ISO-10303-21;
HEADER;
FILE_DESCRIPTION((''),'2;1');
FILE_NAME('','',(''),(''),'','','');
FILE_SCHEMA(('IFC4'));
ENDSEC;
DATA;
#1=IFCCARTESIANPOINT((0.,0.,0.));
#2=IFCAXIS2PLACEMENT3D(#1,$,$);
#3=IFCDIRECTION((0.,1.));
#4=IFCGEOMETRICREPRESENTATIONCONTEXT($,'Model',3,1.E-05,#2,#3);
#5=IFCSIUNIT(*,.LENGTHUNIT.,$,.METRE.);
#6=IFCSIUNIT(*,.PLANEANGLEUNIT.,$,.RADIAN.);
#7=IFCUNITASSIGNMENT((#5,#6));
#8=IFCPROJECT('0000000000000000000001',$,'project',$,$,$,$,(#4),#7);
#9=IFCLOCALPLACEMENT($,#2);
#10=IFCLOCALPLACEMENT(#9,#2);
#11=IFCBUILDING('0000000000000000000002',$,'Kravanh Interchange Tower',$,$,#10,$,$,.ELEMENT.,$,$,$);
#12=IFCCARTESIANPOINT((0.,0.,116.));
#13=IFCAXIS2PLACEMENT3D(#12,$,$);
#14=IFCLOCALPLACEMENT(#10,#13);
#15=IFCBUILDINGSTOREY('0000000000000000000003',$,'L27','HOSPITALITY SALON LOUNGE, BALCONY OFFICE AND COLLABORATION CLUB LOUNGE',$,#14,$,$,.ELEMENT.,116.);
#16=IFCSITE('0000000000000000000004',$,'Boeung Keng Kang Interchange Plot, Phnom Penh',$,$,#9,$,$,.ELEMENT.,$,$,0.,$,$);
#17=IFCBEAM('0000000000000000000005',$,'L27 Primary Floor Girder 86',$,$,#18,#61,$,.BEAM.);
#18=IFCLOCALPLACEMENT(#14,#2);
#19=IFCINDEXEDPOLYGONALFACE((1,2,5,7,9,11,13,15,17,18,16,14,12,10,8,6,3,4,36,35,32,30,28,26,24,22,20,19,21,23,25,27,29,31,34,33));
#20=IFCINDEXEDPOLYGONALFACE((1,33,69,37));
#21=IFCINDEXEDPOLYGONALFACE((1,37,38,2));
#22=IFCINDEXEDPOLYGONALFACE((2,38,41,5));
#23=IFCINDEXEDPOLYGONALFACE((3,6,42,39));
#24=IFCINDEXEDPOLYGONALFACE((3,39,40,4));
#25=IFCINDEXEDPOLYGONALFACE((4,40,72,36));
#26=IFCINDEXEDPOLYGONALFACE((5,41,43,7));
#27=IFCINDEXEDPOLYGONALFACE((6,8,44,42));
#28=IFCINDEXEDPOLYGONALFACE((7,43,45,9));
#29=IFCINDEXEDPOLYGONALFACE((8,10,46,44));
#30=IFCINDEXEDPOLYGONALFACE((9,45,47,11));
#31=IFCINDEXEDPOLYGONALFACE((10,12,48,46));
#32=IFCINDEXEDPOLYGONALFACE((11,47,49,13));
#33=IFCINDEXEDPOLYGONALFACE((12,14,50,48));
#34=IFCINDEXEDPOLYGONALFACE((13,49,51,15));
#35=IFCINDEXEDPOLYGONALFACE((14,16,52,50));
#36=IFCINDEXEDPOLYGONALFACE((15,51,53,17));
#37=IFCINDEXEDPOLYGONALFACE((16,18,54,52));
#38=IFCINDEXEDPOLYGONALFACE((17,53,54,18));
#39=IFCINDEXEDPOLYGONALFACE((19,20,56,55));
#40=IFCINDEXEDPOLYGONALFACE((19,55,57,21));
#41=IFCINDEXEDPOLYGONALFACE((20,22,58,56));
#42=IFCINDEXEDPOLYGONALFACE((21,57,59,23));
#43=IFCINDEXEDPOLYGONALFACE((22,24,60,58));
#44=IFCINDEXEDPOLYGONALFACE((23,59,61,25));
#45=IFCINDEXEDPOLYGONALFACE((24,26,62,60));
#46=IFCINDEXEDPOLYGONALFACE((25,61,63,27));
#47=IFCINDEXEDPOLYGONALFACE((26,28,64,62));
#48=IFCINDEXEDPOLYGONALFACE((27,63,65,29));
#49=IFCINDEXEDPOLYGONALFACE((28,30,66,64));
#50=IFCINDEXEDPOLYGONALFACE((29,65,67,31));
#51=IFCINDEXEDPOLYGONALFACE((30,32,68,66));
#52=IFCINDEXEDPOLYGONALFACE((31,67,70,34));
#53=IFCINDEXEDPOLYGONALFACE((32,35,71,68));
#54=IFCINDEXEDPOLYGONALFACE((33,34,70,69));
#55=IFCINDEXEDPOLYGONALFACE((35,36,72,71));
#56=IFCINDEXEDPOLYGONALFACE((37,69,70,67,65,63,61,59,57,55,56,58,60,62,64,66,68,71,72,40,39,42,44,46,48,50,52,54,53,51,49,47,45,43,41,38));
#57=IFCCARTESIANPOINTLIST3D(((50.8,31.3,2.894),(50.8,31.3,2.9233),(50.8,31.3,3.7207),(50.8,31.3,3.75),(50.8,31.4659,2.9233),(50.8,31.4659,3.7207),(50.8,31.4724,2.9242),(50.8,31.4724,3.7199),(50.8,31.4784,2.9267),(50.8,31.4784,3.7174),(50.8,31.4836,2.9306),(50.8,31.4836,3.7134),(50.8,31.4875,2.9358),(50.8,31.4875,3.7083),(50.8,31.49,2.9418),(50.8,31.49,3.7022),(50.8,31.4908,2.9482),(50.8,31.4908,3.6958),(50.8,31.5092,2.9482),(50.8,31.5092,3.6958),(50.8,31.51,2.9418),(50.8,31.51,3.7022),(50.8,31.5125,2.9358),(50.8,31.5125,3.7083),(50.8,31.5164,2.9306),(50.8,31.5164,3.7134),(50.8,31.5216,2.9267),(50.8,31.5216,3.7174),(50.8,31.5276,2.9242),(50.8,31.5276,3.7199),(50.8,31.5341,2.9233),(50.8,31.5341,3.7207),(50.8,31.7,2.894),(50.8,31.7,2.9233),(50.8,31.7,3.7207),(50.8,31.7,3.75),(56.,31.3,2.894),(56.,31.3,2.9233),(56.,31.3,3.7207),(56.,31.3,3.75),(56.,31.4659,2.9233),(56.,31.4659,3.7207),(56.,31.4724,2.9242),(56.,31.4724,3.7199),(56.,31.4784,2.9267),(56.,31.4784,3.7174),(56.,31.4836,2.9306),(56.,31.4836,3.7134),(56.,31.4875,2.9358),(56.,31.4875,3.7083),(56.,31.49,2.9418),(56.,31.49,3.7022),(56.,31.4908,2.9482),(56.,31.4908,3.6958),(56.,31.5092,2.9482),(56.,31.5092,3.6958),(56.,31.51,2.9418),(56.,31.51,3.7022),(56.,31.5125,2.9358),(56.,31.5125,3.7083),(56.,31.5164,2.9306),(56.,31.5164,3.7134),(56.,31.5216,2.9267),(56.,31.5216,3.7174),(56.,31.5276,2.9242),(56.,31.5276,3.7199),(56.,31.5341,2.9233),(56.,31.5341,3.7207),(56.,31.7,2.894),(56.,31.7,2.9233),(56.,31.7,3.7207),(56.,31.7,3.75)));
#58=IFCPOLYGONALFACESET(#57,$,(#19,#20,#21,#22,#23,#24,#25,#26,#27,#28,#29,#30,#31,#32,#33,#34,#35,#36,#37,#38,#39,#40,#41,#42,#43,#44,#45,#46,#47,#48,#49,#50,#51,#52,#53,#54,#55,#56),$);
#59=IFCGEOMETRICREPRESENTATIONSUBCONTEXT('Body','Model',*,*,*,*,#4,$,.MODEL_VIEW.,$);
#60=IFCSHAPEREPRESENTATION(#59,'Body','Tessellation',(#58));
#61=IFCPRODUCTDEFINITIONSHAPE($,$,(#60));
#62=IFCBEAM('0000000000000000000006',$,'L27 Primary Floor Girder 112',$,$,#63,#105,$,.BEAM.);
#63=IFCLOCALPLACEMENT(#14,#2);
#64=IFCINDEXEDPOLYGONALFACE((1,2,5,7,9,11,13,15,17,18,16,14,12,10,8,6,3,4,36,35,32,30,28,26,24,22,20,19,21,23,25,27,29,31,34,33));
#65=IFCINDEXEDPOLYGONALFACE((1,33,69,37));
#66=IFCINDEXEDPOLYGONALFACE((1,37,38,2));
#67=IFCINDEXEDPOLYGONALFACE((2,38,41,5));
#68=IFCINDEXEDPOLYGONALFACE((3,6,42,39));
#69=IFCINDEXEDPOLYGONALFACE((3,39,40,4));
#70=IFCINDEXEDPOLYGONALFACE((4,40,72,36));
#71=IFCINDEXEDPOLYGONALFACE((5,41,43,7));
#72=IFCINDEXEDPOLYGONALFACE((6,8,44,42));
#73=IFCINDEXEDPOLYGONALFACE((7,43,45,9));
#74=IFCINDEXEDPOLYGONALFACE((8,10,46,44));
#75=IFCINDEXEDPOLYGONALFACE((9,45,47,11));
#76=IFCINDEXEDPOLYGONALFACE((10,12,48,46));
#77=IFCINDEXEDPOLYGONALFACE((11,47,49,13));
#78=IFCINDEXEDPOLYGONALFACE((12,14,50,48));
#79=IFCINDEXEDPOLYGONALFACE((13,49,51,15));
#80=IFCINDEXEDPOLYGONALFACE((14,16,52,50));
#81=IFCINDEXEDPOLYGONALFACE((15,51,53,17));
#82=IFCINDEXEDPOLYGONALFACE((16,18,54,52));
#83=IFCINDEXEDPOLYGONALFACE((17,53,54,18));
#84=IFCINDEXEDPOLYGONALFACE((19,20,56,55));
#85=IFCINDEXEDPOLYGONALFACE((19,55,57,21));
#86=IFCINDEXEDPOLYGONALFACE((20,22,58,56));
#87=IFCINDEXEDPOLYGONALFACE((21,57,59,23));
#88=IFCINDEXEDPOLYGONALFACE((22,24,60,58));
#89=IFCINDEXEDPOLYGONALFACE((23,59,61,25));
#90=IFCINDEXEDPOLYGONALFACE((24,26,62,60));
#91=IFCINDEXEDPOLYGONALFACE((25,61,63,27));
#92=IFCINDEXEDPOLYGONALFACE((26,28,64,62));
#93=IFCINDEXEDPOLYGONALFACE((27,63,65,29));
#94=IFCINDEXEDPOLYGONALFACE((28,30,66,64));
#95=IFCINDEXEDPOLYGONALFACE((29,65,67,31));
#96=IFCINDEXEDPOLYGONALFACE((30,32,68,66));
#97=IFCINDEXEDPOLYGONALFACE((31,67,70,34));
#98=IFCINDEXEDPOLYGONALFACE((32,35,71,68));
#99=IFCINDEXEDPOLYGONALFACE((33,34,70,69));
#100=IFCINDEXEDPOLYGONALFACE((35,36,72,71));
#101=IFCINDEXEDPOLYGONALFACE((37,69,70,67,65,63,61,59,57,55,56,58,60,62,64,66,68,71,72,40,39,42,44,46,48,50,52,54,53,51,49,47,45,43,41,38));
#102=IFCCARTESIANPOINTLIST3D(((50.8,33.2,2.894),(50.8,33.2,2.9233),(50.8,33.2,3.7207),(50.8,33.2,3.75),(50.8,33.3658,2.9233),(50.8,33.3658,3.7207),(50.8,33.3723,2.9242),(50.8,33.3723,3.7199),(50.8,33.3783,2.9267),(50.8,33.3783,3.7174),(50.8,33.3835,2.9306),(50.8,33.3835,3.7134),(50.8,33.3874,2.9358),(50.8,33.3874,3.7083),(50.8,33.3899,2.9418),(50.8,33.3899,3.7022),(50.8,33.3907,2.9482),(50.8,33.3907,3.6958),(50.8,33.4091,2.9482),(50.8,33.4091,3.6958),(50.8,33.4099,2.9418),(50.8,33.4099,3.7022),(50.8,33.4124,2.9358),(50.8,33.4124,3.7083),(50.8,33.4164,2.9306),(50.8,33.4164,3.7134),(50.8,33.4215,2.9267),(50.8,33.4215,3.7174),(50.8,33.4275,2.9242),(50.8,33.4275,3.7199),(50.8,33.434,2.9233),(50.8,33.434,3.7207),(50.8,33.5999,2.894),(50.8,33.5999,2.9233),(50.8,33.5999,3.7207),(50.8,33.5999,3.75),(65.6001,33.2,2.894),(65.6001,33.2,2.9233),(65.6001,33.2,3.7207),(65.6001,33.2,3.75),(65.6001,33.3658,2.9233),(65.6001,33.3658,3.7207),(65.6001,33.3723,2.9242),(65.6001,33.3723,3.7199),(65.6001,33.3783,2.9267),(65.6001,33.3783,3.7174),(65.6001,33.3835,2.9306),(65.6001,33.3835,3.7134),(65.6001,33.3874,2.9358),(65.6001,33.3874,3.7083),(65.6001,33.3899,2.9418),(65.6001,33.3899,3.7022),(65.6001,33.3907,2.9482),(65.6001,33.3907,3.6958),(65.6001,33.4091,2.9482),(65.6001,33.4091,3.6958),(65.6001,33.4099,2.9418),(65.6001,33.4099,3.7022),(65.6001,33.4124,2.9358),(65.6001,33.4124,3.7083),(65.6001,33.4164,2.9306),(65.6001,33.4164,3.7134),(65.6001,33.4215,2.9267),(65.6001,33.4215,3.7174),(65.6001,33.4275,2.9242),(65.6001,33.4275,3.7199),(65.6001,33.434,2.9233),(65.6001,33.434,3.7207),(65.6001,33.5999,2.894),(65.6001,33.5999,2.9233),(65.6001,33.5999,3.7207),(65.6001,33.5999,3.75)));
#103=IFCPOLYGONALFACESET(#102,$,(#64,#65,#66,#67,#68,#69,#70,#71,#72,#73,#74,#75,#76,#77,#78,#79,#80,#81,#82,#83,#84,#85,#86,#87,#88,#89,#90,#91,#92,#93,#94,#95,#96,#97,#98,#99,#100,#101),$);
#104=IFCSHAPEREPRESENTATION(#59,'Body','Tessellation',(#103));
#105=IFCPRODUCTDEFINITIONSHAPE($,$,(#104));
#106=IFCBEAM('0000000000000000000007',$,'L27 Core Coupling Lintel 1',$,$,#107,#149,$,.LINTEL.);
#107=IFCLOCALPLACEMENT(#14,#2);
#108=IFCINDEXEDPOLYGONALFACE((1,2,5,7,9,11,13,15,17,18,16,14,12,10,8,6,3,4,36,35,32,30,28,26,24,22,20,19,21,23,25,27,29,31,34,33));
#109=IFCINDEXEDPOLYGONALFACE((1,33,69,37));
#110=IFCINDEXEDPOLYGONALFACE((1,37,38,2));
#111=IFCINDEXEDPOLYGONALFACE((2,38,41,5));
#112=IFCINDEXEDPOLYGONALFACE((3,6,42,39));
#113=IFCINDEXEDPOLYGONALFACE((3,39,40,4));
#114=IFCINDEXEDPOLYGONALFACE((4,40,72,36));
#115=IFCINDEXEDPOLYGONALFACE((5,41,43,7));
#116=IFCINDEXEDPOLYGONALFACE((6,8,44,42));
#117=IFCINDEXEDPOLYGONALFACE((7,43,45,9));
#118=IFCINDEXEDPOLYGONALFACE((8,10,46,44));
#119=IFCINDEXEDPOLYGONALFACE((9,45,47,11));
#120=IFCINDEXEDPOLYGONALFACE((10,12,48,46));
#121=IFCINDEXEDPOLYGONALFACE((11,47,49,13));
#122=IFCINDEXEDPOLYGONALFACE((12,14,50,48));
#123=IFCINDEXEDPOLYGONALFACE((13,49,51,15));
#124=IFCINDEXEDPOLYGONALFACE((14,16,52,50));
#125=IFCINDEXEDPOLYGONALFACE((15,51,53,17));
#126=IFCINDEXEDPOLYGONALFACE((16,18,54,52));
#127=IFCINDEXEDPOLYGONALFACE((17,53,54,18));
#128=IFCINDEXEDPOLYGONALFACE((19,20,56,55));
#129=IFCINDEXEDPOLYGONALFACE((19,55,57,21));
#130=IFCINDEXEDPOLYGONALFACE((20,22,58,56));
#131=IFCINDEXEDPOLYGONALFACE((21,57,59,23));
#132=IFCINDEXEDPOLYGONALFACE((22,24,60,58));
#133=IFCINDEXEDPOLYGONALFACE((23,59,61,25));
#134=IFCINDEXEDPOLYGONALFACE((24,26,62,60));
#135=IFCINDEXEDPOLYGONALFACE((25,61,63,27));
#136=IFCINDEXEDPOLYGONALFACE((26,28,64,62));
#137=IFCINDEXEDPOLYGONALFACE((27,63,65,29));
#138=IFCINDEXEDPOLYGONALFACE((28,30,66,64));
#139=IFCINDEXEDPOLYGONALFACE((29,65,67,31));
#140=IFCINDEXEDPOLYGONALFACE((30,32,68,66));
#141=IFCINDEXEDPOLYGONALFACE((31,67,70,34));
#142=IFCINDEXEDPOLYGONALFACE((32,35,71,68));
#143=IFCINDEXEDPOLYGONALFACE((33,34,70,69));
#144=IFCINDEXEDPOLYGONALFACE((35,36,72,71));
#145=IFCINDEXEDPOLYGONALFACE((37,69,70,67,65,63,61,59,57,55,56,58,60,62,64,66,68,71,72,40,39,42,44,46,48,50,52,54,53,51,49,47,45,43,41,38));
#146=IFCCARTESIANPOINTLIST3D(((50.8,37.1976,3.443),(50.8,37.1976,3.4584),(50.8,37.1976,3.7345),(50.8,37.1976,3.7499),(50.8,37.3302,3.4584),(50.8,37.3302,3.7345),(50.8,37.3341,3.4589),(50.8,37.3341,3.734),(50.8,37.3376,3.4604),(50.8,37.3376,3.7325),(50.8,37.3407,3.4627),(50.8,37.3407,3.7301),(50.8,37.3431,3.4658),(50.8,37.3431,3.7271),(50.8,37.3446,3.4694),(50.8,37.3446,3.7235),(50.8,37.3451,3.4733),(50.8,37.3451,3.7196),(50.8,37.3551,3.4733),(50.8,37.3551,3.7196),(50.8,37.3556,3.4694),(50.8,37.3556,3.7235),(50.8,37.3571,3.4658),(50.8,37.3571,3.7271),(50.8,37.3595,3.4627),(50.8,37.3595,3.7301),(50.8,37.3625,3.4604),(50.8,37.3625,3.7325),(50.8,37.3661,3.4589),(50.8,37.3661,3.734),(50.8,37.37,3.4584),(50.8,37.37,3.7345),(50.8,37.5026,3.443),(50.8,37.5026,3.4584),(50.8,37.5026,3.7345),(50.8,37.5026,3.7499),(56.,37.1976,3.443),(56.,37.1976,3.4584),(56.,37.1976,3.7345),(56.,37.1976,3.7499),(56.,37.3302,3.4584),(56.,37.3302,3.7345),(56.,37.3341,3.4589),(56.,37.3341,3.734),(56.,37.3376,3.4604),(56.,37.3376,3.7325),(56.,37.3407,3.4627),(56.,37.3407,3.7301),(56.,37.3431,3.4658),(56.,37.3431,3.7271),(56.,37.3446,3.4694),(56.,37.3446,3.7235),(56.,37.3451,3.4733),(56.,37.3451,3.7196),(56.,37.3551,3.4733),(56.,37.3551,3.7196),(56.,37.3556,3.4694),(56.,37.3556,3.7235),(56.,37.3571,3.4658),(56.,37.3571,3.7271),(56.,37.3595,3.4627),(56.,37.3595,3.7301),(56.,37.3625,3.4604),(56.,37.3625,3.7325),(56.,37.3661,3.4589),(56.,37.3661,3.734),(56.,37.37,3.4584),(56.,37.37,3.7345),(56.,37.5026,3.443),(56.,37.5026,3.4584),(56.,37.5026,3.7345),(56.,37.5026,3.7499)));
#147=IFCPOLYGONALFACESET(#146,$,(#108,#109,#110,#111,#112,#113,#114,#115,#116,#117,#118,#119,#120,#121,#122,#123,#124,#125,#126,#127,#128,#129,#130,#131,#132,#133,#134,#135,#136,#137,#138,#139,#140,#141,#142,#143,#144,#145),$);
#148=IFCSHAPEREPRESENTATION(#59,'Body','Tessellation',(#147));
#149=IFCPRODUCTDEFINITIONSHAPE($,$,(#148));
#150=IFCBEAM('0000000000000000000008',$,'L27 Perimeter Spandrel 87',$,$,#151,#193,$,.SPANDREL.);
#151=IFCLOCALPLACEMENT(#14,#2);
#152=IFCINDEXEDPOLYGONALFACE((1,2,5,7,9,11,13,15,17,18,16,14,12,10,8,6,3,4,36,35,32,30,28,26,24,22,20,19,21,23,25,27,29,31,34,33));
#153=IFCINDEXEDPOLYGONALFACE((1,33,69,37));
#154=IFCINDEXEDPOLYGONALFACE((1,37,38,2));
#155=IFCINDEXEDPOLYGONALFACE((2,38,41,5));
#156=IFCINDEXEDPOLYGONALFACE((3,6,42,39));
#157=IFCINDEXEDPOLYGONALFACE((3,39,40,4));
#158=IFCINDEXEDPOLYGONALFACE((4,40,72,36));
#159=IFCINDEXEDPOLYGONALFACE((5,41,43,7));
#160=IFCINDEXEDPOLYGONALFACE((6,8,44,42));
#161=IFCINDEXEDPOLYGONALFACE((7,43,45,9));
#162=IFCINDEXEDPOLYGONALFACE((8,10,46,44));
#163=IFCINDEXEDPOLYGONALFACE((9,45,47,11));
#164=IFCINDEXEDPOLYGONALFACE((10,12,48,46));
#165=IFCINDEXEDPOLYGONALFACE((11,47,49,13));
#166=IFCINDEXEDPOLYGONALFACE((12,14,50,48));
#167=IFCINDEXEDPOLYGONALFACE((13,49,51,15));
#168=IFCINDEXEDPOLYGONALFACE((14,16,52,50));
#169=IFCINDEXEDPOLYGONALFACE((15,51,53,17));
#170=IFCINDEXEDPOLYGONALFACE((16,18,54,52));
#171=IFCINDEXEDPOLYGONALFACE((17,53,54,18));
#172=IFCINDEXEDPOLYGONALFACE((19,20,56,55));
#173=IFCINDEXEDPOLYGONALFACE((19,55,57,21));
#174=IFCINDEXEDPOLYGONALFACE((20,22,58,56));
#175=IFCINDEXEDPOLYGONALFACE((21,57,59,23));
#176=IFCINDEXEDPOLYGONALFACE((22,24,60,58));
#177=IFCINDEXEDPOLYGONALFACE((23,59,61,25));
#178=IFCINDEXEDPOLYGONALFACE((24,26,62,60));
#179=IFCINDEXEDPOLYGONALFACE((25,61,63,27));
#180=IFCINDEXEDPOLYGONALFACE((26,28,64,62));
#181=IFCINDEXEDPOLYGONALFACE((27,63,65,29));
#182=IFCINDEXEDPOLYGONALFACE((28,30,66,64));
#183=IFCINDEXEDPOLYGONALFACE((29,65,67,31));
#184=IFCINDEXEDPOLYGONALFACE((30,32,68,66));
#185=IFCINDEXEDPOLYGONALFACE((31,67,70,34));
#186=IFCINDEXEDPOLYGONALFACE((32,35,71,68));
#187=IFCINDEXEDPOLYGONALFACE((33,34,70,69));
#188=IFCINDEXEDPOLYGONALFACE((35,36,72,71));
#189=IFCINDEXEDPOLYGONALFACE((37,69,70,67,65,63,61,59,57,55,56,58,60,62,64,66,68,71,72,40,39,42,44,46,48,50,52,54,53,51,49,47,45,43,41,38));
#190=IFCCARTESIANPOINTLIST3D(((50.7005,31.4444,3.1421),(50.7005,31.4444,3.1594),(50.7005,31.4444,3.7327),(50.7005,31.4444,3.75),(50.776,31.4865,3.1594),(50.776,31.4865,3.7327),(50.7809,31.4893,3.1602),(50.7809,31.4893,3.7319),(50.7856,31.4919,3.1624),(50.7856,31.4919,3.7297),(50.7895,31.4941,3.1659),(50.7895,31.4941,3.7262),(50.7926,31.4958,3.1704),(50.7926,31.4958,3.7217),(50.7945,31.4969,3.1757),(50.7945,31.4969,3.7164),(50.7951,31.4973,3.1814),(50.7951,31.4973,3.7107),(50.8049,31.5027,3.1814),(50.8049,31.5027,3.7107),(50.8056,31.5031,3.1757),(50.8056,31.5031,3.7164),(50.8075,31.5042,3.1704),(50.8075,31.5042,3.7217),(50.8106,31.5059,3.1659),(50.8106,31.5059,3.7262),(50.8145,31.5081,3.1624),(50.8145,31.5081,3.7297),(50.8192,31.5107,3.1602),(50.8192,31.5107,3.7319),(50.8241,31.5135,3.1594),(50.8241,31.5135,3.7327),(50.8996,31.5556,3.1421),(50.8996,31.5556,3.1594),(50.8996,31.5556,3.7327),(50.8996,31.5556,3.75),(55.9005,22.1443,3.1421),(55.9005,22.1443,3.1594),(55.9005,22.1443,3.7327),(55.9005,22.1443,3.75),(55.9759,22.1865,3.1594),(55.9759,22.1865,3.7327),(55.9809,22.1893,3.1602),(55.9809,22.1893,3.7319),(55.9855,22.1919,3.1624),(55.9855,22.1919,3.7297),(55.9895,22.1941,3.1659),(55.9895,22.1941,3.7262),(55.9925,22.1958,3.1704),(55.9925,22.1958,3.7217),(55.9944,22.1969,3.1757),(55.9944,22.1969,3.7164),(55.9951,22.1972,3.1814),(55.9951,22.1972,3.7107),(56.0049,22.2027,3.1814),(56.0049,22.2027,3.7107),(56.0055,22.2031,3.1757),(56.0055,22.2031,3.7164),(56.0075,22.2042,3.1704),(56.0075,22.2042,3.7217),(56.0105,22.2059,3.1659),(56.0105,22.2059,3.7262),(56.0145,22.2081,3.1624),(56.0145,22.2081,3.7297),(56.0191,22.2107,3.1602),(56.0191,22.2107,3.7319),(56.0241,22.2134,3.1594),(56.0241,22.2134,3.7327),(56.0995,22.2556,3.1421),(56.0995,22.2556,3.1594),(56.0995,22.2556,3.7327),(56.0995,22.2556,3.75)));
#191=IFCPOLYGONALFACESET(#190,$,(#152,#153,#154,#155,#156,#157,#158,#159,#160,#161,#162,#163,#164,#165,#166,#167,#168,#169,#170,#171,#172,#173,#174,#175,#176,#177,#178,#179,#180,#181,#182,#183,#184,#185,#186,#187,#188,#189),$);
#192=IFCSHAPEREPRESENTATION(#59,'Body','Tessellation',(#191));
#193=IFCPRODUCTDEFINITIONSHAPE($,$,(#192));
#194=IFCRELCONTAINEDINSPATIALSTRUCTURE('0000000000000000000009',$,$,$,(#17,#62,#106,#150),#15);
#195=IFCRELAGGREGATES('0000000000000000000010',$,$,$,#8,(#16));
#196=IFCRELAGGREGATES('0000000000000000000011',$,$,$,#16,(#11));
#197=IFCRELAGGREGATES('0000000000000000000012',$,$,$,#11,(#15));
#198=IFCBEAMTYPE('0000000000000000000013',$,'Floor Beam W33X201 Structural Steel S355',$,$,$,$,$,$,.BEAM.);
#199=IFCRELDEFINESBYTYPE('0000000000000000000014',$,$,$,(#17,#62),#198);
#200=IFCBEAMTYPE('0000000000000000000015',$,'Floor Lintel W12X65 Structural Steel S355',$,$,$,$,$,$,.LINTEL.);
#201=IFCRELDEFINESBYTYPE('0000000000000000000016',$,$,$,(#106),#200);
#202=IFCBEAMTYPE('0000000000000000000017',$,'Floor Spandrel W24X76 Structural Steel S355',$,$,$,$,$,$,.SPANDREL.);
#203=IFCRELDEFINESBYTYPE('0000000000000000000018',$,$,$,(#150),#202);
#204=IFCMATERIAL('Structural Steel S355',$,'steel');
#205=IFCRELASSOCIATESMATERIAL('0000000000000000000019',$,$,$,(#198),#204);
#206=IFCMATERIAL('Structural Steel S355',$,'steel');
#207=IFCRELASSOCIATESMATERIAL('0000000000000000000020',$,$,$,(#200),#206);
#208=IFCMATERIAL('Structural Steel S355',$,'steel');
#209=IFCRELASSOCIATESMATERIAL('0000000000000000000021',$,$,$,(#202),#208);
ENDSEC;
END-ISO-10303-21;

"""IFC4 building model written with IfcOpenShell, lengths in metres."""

from ifc_helpers import new_model, si_unit, direction, frame, origin, origin_2d, place, context, subcontext, project, spatial, i_section, extrude, material, material_profile, profile_set, type_object, element, save


model = new_model("IFC4")

# Units and contexts
model_context = context("Model", 3, precision=1e-05, world=origin(), true_north=direction((0.0, 1.0)))
body_context = subcontext(model_context, "Body", "Model", "MODEL_VIEW")
ifc_project = project(units=[si_unit("LENGTHUNIT", "METRE"), si_unit("PLANEANGLEUNIT", "RADIAN")], contexts=[model_context])

# Site, building, storey
site_placement = place(None, origin())
site = spatial("IfcSite", under=ifc_project, at=site_placement, Name="Boeung Keng Kang Interchange Plot, Phnom Penh", CompositionType="ELEMENT", RefElevation=0.0)
building_placement = place(site_placement, origin())
building = spatial("IfcBuilding", under=site, at=building_placement, Name="Kravanh Interchange Tower", CompositionType="ELEMENT")
storey_placement = place(building_placement, frame((0.0, 0.0, 116.0)))
storey = spatial("IfcBuildingStorey", under=building, at=storey_placement, Name="L27", Description="HOSPITALITY SALON LOUNGE, BALCONY OFFICE AND COLLABORATION CLUB LOUNGE", CompositionType="ELEMENT", Elevation=116.0)

# Beams
ifc_material_1 = material(Name="Structural Steel S355", Category="steel")
ifc_material_profile_1 = material_profile(ifc_material_1, i_section(OverallWidth=0.3999, OverallDepth=0.856, WebThickness=0.0183, FlangeThickness=0.0293, FilletRadius=0.0249, at=origin_2d()), Name="W33X201")
ifc_profile_set_1 = profile_set([ifc_material_profile_1], Name="Structural Steel S355")
beam_type_1 = type_object("IfcBeamType", Name="Floor Beam W33X201 Structural Steel S355", PredefinedType="BEAM", material=ifc_profile_set_1)
beam_1_placement = place(storey_placement, frame((50.8, 31.5, 3.322), z_axis=(1.0, 0.0, 0.0), x_axis=(0.0, 1.0, 0.0)))
element("IfcBeam", 1, at=beam_1_placement, inside=storey, type_object=beam_type_1, Name="L27 Primary Floor Girder 86", PredefinedType="BEAM", context=body_context, shape_type="SweptSolid", body=[
    extrude(i_section(OverallWidth=0.3999, OverallDepth=0.856, WebThickness=0.0183, FlangeThickness=0.0293, FilletRadius=0.0249, at=origin_2d()), origin(), (0.0, 0.0, 1.0), 5.2),
])
beam_2_placement = place(storey_placement, frame((50.8, 33.3999, 3.322), z_axis=(1.0, 0.0, 0.0), x_axis=(0.0, 1.0, 0.0)))
element("IfcBeam", 2, at=beam_2_placement, inside=storey, type_object=beam_type_1, Name="L27 Primary Floor Girder 112", PredefinedType="BEAM", context=body_context, shape_type="SweptSolid", body=[
    extrude(i_section(OverallWidth=0.3999, OverallDepth=0.856, WebThickness=0.0183, FlangeThickness=0.0293, FilletRadius=0.0249, at=origin_2d()), origin(), (0.0, 0.0, 1.0), 14.8),
])
ifc_material_2 = material(Name="Structural Steel S355", Category="steel")
ifc_material_profile_2 = material_profile(ifc_material_2, i_section(OverallWidth=0.3049, OverallDepth=0.3069, WebThickness=0.01, FlangeThickness=0.0154, FilletRadius=0.0149, at=origin_2d()), Name="W12X65")
ifc_profile_set_2 = profile_set([ifc_material_profile_2], Name="Structural Steel S355")
beam_type_2 = type_object("IfcBeamType", Name="Floor Lintel W12X65 Structural Steel S355", PredefinedType="LINTEL", material=ifc_profile_set_2)
beam_3_placement = place(storey_placement, frame((50.8, 37.3501, 3.5964), z_axis=(1.0, 0.0, 0.0), x_axis=(0.0, 1.0, 0.0)))
element("IfcBeam", 3, at=beam_3_placement, inside=storey, type_object=beam_type_2, Name="L27 Core Coupling Lintel 1", PredefinedType="LINTEL", context=body_context, shape_type="SweptSolid", body=[
    extrude(i_section(OverallWidth=0.3049, OverallDepth=0.3069, WebThickness=0.01, FlangeThickness=0.0154, FilletRadius=0.0149, at=origin_2d()), origin(), (0.0, 0.0, 1.0), 5.2),
])
ifc_material_3 = material(Name="Structural Steel S355", Category="steel")
ifc_material_profile_3 = material_profile(ifc_material_3, i_section(OverallWidth=0.228, OverallDepth=0.6079, WebThickness=0.0112, FlangeThickness=0.0173, FilletRadius=0.022, at=origin_2d()), Name="W24X76")
ifc_profile_set_3 = profile_set([ifc_material_profile_3], Name="Structural Steel S355")
beam_type_3 = type_object("IfcBeamType", Name="Floor Spandrel W24X76 Structural Steel S355", PredefinedType="SPANDREL", material=ifc_profile_set_3)
beam_4_placement = place(storey_placement, frame((50.8, 31.5, 3.446), z_axis=(0.488026, -0.872829, 0.0), x_axis=(0.872829, 0.488026, 0.0)))
element("IfcBeam", 4, at=beam_4_placement, inside=storey, type_object=beam_type_3, Name="L27 Perimeter Spandrel 87", PredefinedType="SPANDREL", context=body_context, shape_type="SweptSolid", body=[
    extrude(i_section(OverallWidth=0.228, OverallDepth=0.6079, WebThickness=0.0112, FlangeThickness=0.0173, FilletRadius=0.022, at=origin_2d()), origin(), (0.0, 0.0, 1.0), 10.655),
])

save(model, "model.ifc")
